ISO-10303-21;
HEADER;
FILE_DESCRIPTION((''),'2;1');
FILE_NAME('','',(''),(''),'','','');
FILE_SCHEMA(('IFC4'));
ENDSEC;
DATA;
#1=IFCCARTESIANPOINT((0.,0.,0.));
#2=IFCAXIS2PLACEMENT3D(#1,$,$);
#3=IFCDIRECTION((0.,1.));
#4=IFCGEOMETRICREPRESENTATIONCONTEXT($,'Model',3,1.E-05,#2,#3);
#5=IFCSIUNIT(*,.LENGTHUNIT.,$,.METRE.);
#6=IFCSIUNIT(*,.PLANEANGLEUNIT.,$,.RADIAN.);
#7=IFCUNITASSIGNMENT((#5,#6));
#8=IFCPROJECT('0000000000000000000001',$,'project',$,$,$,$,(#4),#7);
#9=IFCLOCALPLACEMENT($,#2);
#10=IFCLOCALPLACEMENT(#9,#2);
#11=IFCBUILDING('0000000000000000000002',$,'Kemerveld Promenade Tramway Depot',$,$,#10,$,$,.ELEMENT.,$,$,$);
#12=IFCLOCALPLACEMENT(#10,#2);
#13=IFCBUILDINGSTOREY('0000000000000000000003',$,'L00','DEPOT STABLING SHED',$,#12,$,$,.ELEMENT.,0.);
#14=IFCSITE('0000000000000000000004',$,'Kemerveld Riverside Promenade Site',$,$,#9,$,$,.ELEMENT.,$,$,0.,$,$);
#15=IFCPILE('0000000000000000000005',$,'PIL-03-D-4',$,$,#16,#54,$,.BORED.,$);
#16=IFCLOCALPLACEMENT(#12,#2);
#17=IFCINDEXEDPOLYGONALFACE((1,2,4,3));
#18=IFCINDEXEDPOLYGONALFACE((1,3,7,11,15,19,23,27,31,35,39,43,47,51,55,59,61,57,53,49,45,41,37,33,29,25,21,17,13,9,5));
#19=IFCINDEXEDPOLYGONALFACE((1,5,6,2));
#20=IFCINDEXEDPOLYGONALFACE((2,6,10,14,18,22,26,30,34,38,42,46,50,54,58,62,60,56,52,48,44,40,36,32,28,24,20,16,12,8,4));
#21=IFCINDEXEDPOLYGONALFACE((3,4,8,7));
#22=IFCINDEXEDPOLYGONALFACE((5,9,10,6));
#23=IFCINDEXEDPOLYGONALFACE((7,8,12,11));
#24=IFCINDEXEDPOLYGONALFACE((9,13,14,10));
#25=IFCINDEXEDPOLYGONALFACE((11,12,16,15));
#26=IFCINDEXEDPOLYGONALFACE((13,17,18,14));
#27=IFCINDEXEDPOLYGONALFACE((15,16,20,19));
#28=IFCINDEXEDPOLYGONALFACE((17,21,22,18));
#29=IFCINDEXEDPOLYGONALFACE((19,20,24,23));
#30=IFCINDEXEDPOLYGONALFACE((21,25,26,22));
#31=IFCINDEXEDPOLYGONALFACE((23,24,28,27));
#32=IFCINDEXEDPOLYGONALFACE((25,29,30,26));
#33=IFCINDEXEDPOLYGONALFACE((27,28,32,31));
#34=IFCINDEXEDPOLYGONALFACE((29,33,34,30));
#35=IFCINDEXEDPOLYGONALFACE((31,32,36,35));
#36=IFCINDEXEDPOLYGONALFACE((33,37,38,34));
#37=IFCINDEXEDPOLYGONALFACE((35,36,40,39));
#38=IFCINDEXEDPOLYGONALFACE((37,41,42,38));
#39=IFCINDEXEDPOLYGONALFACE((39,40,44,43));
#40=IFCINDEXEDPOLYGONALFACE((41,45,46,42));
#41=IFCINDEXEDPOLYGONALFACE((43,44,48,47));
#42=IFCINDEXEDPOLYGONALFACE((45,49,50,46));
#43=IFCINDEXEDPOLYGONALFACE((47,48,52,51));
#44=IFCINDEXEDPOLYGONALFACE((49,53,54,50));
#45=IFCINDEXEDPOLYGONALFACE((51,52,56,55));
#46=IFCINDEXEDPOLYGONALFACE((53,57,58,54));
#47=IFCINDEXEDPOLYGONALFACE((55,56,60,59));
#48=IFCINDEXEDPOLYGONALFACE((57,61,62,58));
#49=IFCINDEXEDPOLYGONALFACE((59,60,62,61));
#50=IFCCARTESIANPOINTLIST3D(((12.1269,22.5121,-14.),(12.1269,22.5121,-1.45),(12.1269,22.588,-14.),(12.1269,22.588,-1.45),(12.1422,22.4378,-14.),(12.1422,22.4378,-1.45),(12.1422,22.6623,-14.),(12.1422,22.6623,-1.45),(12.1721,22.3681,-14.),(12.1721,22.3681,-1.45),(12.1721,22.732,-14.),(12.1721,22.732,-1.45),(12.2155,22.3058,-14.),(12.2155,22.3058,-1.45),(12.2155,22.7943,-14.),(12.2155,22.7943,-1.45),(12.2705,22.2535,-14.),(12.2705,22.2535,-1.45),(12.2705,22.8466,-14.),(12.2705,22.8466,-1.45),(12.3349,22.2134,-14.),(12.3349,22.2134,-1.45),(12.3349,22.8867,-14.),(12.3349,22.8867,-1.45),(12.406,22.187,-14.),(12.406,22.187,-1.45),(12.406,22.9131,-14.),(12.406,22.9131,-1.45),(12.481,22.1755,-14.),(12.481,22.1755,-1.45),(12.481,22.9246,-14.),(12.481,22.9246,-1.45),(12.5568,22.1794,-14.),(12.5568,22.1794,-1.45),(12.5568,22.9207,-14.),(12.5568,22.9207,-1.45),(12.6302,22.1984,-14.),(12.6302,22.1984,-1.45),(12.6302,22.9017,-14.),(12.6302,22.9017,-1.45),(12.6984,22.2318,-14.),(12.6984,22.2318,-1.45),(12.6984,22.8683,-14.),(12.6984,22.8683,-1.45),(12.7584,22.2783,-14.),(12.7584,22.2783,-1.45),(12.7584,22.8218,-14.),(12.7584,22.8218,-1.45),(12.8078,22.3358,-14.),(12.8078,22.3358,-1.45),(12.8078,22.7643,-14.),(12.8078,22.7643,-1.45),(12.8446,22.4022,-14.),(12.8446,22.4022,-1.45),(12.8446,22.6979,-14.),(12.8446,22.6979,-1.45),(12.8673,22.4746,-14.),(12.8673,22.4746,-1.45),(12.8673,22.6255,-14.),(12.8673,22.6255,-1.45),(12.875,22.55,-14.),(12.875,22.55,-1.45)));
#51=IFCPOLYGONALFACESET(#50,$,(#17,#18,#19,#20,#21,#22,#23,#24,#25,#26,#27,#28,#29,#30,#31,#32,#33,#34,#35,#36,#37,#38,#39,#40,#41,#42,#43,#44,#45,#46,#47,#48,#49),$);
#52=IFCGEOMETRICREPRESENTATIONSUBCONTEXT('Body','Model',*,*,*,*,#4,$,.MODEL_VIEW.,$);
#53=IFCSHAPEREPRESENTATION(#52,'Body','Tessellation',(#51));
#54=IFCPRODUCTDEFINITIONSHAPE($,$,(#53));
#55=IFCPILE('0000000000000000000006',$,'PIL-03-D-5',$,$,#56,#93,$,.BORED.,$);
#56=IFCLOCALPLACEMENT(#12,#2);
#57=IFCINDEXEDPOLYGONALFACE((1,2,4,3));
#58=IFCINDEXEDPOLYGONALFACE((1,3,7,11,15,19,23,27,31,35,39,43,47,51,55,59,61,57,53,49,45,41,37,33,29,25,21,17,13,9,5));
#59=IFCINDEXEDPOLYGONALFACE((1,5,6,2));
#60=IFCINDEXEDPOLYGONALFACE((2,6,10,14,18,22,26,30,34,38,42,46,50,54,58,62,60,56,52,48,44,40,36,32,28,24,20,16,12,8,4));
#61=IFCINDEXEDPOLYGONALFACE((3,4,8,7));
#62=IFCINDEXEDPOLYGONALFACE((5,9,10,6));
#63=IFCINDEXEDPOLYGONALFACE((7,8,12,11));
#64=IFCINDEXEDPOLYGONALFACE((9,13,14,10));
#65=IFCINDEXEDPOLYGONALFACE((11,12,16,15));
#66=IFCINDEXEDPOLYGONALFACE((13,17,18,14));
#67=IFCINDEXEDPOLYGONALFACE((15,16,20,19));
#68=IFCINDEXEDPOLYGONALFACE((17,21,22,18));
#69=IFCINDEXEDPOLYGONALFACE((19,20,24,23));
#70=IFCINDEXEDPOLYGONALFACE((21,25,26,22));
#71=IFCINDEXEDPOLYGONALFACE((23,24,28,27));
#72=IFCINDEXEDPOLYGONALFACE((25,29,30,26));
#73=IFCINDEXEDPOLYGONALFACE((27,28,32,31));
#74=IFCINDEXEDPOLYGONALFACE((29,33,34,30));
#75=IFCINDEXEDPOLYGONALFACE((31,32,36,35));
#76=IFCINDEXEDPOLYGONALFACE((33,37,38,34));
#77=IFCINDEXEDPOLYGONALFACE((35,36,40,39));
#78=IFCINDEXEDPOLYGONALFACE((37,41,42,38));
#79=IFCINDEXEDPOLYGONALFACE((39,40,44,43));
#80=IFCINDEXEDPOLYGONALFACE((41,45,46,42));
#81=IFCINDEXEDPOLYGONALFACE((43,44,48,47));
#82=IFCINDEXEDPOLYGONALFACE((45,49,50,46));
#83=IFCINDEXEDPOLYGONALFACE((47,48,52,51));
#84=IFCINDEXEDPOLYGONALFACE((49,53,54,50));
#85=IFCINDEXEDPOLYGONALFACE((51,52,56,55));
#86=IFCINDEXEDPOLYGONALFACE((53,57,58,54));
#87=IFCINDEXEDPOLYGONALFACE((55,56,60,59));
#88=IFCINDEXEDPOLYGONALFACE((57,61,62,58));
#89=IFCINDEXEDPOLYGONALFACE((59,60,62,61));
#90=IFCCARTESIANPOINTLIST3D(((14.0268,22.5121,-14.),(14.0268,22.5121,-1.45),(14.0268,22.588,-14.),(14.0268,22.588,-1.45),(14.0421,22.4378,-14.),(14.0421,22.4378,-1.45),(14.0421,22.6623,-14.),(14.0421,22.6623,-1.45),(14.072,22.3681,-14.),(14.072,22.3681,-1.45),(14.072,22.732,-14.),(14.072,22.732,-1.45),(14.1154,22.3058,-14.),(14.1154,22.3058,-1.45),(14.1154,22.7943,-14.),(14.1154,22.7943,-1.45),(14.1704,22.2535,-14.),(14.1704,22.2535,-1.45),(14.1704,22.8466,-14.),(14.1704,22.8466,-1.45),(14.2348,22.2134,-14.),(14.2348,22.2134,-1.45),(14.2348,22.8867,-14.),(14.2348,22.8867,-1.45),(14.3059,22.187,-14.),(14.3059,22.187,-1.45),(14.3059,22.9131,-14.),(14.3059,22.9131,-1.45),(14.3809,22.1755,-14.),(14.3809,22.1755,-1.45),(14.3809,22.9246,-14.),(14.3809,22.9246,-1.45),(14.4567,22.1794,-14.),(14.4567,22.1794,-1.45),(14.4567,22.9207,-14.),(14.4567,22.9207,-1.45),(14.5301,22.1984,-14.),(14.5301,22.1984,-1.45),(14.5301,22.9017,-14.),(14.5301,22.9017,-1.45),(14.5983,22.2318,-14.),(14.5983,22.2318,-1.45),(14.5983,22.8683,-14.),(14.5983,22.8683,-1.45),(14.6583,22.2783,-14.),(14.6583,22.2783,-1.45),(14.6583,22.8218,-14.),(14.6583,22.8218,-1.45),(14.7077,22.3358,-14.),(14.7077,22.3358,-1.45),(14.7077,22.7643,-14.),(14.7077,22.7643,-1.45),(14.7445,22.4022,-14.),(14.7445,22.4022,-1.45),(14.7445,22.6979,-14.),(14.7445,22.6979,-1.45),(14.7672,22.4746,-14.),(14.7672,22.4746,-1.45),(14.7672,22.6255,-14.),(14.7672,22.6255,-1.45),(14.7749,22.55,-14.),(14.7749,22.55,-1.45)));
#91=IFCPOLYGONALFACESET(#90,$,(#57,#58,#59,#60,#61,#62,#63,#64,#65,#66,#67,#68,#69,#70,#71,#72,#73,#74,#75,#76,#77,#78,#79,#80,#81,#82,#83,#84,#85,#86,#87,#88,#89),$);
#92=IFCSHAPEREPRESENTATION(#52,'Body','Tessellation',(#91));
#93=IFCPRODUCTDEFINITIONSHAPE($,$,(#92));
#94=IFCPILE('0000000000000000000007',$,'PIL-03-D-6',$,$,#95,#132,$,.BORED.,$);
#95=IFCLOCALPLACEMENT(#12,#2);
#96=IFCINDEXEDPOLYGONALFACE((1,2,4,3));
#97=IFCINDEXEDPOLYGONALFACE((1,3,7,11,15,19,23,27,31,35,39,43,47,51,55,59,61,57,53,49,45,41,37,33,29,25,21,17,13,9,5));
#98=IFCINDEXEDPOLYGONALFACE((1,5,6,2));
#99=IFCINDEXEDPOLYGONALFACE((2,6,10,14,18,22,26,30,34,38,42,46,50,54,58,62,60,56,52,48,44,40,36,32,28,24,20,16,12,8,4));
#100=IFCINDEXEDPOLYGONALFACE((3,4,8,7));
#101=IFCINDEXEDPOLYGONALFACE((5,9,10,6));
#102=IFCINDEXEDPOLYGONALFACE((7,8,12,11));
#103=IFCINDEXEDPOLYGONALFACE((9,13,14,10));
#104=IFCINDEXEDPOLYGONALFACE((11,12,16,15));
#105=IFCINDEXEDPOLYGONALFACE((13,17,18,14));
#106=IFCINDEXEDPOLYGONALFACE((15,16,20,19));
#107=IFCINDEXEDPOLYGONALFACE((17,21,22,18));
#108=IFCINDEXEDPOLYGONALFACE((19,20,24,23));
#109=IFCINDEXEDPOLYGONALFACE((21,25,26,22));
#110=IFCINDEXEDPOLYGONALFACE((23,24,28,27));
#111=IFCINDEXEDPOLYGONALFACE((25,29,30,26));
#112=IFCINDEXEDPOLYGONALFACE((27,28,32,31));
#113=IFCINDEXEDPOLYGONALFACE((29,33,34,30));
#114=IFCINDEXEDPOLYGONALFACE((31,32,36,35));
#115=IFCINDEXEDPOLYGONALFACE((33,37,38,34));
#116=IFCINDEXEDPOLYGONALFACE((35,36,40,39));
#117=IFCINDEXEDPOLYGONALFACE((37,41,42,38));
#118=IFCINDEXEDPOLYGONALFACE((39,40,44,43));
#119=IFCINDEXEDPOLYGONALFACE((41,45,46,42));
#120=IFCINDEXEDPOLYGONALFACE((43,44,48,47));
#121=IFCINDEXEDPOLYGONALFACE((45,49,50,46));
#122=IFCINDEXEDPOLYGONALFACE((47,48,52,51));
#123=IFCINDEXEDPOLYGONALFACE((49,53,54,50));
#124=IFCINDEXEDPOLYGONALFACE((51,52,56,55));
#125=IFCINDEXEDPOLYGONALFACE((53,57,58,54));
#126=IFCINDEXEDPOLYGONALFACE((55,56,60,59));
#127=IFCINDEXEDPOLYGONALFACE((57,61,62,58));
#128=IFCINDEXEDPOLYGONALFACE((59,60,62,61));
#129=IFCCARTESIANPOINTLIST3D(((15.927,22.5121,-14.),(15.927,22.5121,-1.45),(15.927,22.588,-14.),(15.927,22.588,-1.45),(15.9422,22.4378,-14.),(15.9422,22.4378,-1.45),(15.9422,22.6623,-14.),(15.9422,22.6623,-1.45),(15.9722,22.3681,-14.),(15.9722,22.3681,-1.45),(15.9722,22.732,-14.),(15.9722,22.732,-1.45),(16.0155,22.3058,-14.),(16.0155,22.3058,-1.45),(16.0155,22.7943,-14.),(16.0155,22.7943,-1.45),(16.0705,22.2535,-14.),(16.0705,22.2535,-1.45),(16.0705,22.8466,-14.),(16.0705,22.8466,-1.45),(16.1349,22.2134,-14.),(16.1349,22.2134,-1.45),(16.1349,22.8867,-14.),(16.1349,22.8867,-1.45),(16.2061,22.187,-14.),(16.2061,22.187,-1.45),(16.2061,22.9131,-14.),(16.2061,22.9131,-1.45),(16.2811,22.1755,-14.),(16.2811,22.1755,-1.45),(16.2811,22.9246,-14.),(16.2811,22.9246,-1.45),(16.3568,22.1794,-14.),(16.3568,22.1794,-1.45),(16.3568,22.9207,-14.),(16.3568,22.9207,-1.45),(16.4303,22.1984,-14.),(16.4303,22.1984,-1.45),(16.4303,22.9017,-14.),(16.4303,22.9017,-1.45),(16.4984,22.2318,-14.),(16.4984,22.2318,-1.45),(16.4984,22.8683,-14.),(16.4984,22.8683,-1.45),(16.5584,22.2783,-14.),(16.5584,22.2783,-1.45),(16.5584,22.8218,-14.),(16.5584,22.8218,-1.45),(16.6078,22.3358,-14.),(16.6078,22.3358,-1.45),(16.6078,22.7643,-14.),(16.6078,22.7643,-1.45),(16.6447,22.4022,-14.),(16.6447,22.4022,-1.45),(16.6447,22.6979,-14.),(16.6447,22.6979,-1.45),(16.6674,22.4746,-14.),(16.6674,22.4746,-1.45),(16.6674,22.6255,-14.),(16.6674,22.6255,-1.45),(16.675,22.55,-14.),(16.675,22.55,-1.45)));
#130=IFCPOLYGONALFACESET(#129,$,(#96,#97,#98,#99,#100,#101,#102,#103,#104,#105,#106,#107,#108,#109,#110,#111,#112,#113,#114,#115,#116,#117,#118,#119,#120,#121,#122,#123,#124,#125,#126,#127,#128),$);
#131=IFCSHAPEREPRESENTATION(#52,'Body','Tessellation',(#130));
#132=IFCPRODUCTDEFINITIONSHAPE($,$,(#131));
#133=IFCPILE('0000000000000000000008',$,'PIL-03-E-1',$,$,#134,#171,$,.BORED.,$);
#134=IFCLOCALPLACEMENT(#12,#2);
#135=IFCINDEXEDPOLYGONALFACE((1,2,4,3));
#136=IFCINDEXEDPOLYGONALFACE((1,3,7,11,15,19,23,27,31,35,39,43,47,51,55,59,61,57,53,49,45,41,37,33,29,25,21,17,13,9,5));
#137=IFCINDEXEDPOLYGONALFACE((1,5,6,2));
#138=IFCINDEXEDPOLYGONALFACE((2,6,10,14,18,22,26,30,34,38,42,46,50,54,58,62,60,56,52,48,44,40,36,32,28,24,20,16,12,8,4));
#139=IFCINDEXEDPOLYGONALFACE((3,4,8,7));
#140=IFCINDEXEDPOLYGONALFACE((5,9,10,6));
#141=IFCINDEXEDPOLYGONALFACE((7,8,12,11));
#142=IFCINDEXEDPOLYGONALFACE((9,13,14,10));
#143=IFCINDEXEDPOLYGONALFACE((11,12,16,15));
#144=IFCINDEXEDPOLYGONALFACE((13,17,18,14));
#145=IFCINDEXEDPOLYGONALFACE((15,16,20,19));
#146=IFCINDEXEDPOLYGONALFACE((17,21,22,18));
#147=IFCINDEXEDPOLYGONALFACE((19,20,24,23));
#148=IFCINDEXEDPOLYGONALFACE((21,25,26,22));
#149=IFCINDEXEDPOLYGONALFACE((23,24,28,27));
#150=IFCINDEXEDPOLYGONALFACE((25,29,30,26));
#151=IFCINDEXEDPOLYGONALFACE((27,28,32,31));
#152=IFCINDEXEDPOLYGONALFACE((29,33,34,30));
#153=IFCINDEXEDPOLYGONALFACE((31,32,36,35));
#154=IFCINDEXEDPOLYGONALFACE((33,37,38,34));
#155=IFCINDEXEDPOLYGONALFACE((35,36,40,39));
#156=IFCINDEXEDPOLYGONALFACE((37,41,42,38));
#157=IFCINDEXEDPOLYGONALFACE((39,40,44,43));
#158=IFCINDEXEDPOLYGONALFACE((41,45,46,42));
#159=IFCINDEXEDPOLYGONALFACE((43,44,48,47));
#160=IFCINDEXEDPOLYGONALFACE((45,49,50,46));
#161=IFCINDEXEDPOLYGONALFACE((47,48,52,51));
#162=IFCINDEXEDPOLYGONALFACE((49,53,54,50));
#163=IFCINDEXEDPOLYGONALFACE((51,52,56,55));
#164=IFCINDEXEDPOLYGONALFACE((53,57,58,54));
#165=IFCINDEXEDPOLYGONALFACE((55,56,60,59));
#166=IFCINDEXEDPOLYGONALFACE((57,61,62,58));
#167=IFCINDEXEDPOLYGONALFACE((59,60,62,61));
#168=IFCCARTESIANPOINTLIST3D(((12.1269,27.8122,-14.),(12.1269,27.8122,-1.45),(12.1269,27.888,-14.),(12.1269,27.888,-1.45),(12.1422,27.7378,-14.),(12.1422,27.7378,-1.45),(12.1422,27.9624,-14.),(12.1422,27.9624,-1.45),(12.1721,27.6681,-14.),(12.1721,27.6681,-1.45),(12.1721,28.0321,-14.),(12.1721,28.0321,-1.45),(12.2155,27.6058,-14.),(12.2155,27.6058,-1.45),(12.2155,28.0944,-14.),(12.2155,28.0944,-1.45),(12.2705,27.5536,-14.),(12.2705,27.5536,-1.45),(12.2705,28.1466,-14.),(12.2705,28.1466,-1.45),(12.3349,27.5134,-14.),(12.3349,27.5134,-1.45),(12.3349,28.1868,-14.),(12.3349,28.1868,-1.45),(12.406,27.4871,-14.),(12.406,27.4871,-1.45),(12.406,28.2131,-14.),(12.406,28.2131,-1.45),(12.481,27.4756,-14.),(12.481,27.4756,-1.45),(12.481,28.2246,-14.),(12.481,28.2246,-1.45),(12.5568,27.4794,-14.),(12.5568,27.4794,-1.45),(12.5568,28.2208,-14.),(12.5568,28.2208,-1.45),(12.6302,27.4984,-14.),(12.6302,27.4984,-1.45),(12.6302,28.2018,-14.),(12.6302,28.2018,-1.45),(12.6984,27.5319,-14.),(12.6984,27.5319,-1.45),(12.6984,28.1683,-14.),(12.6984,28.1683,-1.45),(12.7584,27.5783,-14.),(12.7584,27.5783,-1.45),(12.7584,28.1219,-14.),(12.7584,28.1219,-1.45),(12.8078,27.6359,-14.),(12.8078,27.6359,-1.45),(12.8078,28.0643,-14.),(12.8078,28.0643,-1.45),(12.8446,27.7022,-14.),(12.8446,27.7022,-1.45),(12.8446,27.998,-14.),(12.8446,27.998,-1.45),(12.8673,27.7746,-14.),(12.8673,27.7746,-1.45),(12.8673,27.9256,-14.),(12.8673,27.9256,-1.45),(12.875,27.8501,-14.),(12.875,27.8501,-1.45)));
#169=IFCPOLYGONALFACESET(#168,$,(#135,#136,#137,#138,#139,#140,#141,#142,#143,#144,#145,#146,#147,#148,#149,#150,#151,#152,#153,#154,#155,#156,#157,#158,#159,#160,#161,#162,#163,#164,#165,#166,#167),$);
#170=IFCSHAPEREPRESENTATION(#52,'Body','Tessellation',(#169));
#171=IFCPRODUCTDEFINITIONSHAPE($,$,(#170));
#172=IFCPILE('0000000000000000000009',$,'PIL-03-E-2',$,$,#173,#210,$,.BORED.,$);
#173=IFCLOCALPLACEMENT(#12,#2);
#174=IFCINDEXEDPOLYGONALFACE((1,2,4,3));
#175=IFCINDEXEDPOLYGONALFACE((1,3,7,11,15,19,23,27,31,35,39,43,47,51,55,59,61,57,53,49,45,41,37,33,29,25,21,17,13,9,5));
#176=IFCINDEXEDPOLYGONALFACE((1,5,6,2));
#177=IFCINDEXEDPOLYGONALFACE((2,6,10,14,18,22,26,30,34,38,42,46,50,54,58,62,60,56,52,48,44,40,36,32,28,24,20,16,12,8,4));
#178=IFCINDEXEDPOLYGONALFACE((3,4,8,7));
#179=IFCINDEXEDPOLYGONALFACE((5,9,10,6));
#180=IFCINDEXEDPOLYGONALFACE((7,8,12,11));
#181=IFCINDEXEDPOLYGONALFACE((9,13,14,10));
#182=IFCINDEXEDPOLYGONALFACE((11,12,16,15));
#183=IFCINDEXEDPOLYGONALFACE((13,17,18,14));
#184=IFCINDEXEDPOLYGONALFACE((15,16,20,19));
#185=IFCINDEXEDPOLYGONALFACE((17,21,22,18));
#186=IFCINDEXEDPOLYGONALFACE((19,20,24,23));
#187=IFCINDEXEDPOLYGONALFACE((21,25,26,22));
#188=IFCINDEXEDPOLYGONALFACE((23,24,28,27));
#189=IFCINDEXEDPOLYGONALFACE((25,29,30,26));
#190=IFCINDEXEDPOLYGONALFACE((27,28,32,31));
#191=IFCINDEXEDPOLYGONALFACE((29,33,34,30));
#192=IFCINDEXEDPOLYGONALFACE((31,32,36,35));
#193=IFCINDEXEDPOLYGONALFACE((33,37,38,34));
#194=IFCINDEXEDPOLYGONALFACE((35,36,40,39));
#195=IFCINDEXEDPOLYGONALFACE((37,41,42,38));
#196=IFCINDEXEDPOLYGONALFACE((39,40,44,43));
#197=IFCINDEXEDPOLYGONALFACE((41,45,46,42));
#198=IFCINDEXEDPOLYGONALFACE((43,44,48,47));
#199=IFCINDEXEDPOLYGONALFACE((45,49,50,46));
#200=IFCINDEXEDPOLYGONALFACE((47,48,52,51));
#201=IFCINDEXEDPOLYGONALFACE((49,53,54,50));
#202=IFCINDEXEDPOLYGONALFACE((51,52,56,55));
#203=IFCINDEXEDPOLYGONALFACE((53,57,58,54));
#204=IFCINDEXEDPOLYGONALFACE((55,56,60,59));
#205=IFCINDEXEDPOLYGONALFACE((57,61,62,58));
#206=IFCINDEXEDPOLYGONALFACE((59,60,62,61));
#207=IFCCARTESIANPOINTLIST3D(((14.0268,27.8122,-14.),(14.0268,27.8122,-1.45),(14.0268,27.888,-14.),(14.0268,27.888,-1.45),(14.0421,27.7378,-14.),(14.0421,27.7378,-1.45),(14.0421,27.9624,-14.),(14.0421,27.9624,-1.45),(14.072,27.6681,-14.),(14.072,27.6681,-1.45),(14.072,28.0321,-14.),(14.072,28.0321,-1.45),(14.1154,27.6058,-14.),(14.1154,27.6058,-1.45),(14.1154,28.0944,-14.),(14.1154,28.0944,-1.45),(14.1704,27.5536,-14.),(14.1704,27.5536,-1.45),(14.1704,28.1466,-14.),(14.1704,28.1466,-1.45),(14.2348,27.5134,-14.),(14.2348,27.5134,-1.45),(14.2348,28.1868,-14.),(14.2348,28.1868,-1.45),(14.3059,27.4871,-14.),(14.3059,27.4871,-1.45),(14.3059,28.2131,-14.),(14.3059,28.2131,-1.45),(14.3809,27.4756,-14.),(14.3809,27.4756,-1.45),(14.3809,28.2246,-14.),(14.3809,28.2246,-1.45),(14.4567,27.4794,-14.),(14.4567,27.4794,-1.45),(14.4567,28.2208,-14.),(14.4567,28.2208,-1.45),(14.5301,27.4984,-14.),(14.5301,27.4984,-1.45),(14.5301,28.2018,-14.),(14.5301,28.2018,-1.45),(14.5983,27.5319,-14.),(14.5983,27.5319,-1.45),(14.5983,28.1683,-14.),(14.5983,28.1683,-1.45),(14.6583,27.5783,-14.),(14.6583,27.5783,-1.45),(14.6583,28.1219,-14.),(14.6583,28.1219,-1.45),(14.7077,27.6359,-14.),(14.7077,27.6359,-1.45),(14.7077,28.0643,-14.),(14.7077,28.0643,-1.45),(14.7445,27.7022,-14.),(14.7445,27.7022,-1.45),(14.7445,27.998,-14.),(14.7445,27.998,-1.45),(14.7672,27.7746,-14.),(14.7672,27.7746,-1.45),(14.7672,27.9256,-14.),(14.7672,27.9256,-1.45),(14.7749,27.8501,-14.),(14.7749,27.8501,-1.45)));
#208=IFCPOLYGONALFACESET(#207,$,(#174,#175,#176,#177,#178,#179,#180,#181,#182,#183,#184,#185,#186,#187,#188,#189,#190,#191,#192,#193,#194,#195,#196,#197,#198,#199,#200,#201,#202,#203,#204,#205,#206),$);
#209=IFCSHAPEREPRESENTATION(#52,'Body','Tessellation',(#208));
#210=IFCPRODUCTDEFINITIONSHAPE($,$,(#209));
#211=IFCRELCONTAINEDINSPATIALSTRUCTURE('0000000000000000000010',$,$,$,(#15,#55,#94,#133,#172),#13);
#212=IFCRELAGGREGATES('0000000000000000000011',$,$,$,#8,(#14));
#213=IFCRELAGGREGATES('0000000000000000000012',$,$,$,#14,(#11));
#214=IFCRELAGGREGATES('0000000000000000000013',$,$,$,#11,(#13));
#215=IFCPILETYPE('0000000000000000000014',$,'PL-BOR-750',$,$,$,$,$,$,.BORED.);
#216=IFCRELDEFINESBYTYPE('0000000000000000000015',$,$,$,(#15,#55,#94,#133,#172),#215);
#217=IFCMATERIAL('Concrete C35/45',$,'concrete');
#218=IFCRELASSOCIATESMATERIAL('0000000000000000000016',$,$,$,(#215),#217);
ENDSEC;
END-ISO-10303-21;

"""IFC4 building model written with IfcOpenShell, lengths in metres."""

from ifc_helpers import new_model, si_unit, direction, frame, origin, origin_2d, place, context, subcontext, project, spatial, circle, extrude, material, material_profile, profile_set, type_object, element, save


model = new_model("IFC4")

# Units and contexts
model_context = context("Model", 3, precision=1e-05, world=origin(), true_north=direction((0.0, 1.0)))
body_context = subcontext(model_context, "Body", "Model", "MODEL_VIEW")
ifc_project = project(units=[si_unit("LENGTHUNIT", "METRE"), si_unit("PLANEANGLEUNIT", "RADIAN")], contexts=[model_context])

# Site, building, storey
site_placement = place(None, origin())
site = spatial("IfcSite", under=ifc_project, at=site_placement, Name="Kemerveld Riverside Promenade Site", CompositionType="ELEMENT", RefElevation=0.0)
building_placement = place(site_placement, origin())
building = spatial("IfcBuilding", under=site, at=building_placement, Name="Kemerveld Promenade Tramway Depot", CompositionType="ELEMENT")
storey_placement = place(building_placement, origin())
storey = spatial("IfcBuildingStorey", under=building, at=storey_placement, Name="L00", Description="DEPOT STABLING SHED", CompositionType="ELEMENT", Elevation=0.0)

# Shared definitions
ifc_material_1 = material(Name="Concrete C35/45", Category="concrete")

# Piles
ifc_material_profile_1 = material_profile(ifc_material_1, circle(Radius=0.375, at=origin_2d()), Name="PILE-D750")
ifc_profile_set_1 = profile_set([ifc_material_profile_1], Name="Concrete C35/45")
pile_type_1 = type_object("IfcPileType", Name="PL-BOR-750", PredefinedType="BORED", material=ifc_profile_set_1)
for number, where, z_axis, x_axis, name in (
    (1, (12.5, 22.55, -1.45), (0.0, 0.0, -1.0), (1.0, 0.0, 0.0), "PIL-03-D-4"),
    (2, (14.3999, 22.55, -1.45), (0.0, 0.0, -1.0), (1.0, 0.0, 0.0), "PIL-03-D-5"),
    (3, (16.3, 22.55, -1.45), (0.0, 0.0, -1.0), (1.0, 0.0, 0.0), "PIL-03-D-6"),
    (4, (12.5, 27.8501, -1.45), (0.0, 0.0, -1.0), (1.0, 0.0, 0.0), "PIL-03-E-1"),
    (5, (14.3999, 27.8501, -1.45), (0.0, 0.0, -1.0), (1.0, 0.0, 0.0), "PIL-03-E-2"),
):
    element("IfcPile", number, at=place(storey_placement, frame(where, z_axis=z_axis, x_axis=x_axis)), inside=storey, type_object=pile_type_1, Name=name, PredefinedType="BORED", context=body_context, shape_type="SweptSolid", body=[
        extrude(circle(Radius=0.375, at=origin_2d()), origin(), (0.0, 0.0, 1.0), 12.55),
    ])

save(model, "model.ifc")
